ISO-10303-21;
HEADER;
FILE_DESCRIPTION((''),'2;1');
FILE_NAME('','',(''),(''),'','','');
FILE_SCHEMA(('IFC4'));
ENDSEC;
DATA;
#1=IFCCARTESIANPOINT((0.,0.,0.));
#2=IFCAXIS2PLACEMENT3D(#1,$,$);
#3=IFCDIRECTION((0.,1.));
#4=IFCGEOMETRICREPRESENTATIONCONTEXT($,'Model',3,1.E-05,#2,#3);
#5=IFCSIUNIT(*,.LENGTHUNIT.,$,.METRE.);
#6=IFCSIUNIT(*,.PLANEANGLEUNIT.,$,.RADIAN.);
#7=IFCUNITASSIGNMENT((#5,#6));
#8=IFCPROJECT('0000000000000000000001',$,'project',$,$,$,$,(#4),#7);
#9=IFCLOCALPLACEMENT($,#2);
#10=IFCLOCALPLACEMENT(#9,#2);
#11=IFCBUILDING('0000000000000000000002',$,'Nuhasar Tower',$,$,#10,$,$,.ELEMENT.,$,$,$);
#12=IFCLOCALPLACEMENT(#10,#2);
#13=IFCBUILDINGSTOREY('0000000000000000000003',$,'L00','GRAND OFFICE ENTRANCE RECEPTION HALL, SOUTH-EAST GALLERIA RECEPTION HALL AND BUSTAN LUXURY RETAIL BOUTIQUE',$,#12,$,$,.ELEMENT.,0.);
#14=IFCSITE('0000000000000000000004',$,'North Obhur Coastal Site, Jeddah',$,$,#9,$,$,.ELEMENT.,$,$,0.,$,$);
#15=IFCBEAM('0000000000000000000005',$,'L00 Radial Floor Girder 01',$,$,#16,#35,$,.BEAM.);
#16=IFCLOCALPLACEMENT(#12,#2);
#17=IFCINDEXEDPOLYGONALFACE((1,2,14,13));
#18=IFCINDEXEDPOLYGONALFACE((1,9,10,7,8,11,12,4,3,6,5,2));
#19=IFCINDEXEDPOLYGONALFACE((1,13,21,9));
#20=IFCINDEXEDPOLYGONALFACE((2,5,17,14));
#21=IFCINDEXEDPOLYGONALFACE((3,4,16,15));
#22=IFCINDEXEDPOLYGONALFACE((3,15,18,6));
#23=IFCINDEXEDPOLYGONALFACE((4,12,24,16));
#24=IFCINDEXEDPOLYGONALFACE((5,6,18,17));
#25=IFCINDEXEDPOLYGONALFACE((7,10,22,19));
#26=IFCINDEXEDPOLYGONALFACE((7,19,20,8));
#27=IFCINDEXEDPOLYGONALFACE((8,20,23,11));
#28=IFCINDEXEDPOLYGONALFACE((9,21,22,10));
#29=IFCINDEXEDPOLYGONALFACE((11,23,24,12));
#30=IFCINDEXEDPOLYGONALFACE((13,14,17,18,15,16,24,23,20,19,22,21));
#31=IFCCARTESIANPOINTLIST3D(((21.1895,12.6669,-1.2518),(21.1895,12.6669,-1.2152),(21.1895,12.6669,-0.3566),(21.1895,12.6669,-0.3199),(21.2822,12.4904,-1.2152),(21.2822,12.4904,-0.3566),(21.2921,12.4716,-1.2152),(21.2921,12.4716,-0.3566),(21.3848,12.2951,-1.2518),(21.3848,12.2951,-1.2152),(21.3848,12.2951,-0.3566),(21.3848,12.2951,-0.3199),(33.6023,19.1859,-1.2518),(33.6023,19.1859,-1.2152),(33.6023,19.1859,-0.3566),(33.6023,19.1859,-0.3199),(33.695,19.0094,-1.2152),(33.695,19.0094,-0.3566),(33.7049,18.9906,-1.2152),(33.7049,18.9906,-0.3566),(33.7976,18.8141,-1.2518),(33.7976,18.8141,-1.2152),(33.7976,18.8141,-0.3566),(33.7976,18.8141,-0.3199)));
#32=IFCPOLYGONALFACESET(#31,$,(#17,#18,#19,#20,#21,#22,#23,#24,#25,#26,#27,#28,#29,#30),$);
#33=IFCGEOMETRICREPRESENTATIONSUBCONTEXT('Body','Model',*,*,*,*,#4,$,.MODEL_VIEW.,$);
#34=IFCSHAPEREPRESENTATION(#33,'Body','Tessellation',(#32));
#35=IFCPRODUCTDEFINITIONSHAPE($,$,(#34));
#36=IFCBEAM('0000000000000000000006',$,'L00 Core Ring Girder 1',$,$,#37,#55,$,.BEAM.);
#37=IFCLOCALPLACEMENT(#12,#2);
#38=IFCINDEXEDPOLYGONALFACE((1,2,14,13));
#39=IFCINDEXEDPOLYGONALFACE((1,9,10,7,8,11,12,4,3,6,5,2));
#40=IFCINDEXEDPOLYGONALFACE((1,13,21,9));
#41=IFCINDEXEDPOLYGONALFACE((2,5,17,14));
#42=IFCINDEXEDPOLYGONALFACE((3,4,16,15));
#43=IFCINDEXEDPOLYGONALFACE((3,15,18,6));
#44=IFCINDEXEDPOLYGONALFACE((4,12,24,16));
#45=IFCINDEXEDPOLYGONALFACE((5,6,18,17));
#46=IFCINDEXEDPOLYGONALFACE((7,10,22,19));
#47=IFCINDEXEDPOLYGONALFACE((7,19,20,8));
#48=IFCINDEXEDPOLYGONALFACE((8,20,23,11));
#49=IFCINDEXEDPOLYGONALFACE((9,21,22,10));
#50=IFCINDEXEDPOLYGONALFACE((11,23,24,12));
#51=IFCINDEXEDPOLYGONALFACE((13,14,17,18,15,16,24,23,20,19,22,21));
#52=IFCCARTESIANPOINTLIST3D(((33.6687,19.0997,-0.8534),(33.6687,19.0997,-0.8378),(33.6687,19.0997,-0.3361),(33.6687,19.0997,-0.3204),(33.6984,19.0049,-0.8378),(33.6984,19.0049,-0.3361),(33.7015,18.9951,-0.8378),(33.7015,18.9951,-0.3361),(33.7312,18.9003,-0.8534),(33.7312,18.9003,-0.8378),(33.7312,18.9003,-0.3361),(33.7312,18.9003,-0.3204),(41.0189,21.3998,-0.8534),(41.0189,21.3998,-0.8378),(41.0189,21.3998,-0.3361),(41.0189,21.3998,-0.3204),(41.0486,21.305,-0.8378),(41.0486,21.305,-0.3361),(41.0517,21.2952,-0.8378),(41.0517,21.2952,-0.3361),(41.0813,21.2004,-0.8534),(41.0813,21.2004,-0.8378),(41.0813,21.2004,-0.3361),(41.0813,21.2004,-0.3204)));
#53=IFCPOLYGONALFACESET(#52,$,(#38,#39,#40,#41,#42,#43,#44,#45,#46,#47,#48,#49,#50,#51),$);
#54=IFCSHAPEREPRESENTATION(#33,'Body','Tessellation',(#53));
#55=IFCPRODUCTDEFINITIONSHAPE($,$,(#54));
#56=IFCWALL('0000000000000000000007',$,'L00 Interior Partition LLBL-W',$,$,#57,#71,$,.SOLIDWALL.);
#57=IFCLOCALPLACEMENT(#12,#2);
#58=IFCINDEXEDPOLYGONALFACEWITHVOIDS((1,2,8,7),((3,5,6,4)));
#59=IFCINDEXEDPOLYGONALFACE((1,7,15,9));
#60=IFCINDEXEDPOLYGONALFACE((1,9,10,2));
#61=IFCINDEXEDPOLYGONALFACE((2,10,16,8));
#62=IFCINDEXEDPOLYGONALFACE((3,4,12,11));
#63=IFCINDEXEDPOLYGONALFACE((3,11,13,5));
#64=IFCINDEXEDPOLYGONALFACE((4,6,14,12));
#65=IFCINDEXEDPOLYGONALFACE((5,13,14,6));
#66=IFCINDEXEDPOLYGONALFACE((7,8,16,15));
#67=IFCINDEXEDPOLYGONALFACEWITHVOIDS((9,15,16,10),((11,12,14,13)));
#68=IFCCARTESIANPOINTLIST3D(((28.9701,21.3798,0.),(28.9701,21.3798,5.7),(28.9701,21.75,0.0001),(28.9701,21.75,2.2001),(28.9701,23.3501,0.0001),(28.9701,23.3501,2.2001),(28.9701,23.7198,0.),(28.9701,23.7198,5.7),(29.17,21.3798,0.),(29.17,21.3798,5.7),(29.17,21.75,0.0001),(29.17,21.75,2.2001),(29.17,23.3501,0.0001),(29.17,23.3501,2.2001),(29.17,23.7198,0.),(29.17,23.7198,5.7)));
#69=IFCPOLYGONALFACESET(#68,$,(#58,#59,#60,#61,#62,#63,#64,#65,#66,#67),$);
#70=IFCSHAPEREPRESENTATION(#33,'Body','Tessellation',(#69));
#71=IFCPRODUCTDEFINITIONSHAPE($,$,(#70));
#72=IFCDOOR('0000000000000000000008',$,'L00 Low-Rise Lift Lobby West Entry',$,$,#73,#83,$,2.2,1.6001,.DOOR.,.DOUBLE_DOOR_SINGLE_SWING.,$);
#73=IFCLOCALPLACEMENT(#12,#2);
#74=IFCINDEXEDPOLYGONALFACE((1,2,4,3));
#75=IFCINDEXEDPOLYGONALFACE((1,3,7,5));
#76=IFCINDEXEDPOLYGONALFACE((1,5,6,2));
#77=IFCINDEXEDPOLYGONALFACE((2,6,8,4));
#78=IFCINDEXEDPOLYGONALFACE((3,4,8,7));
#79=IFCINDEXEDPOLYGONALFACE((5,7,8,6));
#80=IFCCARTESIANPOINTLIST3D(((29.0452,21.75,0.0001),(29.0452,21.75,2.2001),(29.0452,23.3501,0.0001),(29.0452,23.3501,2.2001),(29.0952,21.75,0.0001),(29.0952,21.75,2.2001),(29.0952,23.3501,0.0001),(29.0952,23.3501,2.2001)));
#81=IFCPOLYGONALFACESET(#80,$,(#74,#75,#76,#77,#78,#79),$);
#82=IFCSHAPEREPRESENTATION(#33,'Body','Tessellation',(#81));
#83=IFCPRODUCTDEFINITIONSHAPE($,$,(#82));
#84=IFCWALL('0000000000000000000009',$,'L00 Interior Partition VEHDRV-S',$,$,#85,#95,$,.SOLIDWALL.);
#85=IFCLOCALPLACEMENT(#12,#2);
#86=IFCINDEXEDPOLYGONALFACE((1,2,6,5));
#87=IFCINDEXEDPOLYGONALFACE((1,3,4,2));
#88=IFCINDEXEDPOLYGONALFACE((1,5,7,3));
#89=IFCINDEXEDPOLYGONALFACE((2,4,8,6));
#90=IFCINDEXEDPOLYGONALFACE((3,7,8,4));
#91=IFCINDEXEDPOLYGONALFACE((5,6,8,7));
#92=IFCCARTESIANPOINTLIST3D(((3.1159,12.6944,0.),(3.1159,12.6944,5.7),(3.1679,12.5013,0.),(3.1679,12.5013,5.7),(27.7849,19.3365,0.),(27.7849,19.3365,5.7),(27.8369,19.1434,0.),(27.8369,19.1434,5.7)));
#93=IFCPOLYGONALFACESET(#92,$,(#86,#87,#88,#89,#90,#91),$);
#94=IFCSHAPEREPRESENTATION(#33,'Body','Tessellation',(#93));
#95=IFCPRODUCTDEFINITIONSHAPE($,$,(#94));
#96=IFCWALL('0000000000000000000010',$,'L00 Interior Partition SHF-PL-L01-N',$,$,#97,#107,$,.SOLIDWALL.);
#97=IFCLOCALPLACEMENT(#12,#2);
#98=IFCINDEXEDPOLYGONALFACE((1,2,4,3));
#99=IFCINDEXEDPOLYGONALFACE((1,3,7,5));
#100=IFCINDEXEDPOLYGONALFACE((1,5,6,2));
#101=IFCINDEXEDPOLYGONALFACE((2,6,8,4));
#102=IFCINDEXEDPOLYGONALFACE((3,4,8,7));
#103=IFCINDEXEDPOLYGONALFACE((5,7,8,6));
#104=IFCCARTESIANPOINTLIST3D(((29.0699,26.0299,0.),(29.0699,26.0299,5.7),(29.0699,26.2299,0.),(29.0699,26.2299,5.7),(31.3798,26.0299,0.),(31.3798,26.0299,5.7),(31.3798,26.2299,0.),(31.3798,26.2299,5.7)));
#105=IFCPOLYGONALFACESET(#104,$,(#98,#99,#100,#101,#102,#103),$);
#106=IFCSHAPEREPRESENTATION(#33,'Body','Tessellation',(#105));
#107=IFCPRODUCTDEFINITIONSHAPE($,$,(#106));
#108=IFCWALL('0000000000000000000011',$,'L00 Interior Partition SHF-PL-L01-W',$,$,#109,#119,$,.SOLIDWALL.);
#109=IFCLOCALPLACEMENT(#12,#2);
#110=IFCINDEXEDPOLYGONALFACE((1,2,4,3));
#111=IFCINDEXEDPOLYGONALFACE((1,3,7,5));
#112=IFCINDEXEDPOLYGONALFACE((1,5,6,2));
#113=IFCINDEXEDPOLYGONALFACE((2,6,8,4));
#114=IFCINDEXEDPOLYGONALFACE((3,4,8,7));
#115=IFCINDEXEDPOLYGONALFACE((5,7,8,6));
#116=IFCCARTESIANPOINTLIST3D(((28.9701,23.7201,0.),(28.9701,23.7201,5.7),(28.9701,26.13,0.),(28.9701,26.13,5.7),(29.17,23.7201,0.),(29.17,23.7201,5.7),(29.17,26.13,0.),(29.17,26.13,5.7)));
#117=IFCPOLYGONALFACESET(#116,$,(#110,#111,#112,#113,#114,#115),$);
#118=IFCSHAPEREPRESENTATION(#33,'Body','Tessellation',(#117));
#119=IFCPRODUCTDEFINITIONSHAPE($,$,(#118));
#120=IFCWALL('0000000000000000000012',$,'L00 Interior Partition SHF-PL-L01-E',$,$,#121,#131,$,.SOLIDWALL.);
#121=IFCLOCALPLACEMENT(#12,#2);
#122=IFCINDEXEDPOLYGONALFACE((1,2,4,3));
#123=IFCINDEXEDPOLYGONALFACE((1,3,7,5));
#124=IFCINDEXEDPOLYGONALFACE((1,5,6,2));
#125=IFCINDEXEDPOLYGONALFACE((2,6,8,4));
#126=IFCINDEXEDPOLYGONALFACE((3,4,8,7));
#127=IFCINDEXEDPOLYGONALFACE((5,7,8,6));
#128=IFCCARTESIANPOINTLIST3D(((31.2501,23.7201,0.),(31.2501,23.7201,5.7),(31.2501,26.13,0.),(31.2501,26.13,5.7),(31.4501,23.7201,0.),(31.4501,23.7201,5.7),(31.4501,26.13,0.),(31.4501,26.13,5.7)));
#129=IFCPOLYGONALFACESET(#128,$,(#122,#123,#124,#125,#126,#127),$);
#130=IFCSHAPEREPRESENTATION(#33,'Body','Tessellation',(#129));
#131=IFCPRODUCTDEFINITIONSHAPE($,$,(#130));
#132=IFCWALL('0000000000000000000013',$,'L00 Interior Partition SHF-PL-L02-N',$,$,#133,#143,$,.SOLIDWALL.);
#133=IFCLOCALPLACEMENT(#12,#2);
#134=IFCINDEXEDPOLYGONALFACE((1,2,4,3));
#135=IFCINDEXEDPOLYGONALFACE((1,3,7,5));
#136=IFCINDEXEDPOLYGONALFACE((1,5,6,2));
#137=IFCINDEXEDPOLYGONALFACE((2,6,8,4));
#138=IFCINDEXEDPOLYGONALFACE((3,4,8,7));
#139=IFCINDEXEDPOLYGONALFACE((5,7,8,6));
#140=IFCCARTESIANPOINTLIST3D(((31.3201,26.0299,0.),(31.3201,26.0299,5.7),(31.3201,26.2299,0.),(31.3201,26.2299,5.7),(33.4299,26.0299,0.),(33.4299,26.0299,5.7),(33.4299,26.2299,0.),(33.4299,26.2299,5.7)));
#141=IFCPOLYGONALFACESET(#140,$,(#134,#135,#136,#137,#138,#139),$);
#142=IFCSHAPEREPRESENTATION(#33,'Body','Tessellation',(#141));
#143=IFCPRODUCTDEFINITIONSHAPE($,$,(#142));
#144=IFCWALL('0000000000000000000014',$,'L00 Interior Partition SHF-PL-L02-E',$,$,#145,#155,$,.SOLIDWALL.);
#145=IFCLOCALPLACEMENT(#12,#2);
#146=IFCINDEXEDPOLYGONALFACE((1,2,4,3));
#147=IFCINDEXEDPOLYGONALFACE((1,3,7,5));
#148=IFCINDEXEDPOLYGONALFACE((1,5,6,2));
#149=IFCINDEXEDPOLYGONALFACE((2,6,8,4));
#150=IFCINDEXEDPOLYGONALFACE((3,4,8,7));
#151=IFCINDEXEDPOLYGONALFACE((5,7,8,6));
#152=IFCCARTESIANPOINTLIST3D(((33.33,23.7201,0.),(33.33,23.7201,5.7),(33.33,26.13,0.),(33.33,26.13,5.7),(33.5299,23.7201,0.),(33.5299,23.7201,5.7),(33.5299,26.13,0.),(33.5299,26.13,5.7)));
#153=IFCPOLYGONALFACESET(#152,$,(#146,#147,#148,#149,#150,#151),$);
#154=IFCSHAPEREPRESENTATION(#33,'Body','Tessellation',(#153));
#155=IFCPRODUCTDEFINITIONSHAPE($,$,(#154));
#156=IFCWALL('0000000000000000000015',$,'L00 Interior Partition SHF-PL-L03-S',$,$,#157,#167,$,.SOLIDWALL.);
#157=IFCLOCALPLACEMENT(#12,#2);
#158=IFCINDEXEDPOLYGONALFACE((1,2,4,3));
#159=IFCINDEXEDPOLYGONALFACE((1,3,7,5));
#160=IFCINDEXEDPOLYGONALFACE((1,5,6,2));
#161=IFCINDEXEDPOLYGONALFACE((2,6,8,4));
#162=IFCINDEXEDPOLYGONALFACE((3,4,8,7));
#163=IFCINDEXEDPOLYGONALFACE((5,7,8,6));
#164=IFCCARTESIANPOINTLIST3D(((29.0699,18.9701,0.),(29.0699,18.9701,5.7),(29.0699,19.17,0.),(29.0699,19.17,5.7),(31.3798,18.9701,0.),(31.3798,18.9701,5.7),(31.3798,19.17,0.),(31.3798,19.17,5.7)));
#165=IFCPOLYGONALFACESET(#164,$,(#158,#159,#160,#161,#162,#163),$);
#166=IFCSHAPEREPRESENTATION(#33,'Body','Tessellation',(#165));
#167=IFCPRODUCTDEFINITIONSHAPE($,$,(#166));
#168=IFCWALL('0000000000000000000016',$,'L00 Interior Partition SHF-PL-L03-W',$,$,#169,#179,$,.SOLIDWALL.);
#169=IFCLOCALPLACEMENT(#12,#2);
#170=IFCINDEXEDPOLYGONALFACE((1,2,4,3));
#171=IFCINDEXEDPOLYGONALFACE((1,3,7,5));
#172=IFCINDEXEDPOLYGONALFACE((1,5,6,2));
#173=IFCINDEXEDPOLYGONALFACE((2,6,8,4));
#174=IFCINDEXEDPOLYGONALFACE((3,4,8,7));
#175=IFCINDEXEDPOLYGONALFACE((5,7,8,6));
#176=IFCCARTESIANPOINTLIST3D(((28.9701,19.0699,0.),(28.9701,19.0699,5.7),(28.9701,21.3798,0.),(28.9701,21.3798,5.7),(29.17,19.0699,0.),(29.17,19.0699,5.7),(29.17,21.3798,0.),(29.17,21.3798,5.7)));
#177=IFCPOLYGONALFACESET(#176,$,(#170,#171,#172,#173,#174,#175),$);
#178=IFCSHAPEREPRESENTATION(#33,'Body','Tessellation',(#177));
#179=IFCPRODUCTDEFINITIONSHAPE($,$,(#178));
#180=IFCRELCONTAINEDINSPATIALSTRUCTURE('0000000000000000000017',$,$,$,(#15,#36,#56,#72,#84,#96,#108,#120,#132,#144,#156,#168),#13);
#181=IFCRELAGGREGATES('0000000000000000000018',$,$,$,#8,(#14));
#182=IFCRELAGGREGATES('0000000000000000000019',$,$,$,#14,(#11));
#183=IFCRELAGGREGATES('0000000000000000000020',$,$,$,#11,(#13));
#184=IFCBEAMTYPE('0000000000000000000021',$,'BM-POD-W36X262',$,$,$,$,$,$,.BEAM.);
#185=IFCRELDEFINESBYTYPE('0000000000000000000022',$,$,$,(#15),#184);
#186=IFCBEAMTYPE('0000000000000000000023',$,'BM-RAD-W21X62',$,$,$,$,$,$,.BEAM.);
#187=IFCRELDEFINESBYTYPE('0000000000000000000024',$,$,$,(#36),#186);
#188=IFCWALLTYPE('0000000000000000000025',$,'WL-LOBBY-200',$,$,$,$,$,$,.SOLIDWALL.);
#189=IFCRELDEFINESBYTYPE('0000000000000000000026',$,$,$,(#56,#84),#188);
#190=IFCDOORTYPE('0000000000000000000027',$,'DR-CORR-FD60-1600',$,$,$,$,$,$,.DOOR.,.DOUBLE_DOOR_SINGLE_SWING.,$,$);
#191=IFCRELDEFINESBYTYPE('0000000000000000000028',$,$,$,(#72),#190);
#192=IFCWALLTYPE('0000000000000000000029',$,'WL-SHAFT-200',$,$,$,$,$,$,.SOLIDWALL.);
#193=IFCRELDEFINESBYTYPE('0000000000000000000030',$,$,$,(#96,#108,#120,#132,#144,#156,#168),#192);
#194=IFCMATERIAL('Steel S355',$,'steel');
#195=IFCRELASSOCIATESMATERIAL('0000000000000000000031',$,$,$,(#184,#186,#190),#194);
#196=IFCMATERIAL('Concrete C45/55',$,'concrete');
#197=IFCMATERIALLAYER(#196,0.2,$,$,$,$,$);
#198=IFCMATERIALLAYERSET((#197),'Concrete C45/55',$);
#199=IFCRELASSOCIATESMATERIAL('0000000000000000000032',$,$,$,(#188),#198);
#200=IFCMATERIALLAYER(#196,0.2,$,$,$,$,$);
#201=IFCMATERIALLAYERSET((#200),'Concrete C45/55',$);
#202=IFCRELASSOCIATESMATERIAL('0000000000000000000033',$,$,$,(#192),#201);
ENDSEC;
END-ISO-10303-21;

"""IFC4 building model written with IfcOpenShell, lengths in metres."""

from ifc_helpers import new_model, si_unit, direction, frame, frame_2d, origin, origin_2d, place, context, subcontext, project, spatial, rectangle, i_section, extrude, material, layer, layer_set, material_profile, profile_set, type_object, element, fill, save


model = new_model("IFC4")

# Units and contexts
model_context = context("Model", 3, precision=1e-05, world=origin(), true_north=direction((0.0, 1.0)))
body_context = subcontext(model_context, "Body", "Model", "MODEL_VIEW")
ifc_project = project(units=[si_unit("LENGTHUNIT", "METRE"), si_unit("PLANEANGLEUNIT", "RADIAN")], contexts=[model_context])

# Site, building, storey
site_placement = place(None, origin())
site = spatial("IfcSite", under=ifc_project, at=site_placement, Name="North Obhur Coastal Site, Jeddah", CompositionType="ELEMENT", RefElevation=0.0)
building_placement = place(site_placement, origin())
building = spatial("IfcBuilding", under=site, at=building_placement, Name="Nuhasar Tower", CompositionType="ELEMENT")
storey_placement = place(building_placement, origin())
storey = spatial("IfcBuildingStorey", under=building, at=storey_placement, Name="L00", Description="GRAND OFFICE ENTRANCE RECEPTION HALL, SOUTH-EAST GALLERIA RECEPTION HALL AND BUSTAN LUXURY RETAIL BOUTIQUE", CompositionType="ELEMENT", Elevation=0.0)

# Beams
ifc_material_1 = material(Name="Steel S355", Category="steel")
ifc_material_profile_1 = material_profile(ifc_material_1, i_section(OverallWidth=0.4199, OverallDepth=0.9319, WebThickness=0.0212, FlangeThickness=0.0366, at=origin_2d()), Name="W36X262")
ifc_profile_set_1 = profile_set([ifc_material_profile_1], Name="Steel S355")
beam_type_1 = type_object("IfcBeamType", Name="BM-POD-W36X262", PredefinedType="BEAM", material=ifc_profile_set_1)
beam_1_placement = place(storey_placement, frame((33.7, 19.0, -0.7859), z_axis=(-0.88533, -0.464963, 0.0), x_axis=(0.464963, -0.88533, 0.0)))
element("IfcBeam", 1, at=beam_1_placement, inside=storey, type_object=beam_type_1, Name="L00 Radial Floor Girder 01", PredefinedType="BEAM", context=body_context, shape_type="SweptSolid", body=[
    extrude(i_section(OverallWidth=0.4199, OverallDepth=0.9319, WebThickness=0.0212, FlangeThickness=0.0366, at=origin_2d()), origin(), (0.0, 0.0, 1.0), 14.0205),
])
ifc_material_profile_2 = material_profile(ifc_material_1, i_section(OverallWidth=0.209, OverallDepth=0.533, WebThickness=0.0103, FlangeThickness=0.0156, at=origin_2d()), Name="W21X62")
ifc_profile_set_2 = profile_set([ifc_material_profile_2], Name="Steel S355")
beam_type_2 = type_object("IfcBeamType", Name="BM-RAD-W21X62", PredefinedType="BEAM", material=ifc_profile_set_2)
beam_2_placement = place(storey_placement, frame((33.7, 19.0, -0.5869), z_axis=(0.954364, 0.298647, 0.0), x_axis=(-0.298647, 0.954364, 0.0)))
element("IfcBeam", 2, at=beam_2_placement, inside=storey, type_object=beam_type_2, Name="L00 Core Ring Girder 1", PredefinedType="BEAM", context=body_context, shape_type="SweptSolid", body=[
    extrude(i_section(OverallWidth=0.209, OverallDepth=0.533, WebThickness=0.0103, FlangeThickness=0.0156, at=origin_2d()), origin(), (0.0, 0.0, 1.0), 7.7017),
])

# Wall, opening, door
ifc_material_2 = material(Name="Concrete C45/55", Category="concrete")
ifc_layer_1 = layer(ifc_material_2, 0.2)
ifc_layer_set_1 = layer_set([ifc_layer_1], Name="Concrete C45/55")
wall_type_1 = type_object("IfcWallType", Name="WL-LOBBY-200", PredefinedType="SOLIDWALL", material=ifc_layer_set_1)
wall_1_placement = place(storey_placement, frame((29.0701, 21.3799, 0.0), z_axis=(0.0, 0.0, 1.0), x_axis=(0.0, 1.0, 0.0)))
wall_1 = element("IfcWall", 3, at=wall_1_placement, inside=storey, type_object=wall_type_1, Name="L00 Interior Partition LLBL-W", PredefinedType="SOLIDWALL", context=body_context, shape_type="SweptSolid", body=[
    extrude(rectangle(XDim=2.3401, YDim=0.2, at=frame_2d((1.1699, 0.0))), origin(), (0.0, 0.0, 1.0), 5.7),
])
opening_1_placement = place(wall_1_placement, frame((0.3701, 0.0, 0.0)))
opening_1 = element("IfcOpeningElement", 4, at=opening_1_placement, cuts=wall_1, PredefinedType="OPENING", context=body_context, shape_type="SweptSolid", body=[
    extrude(rectangle(XDim=1.6001, YDim=2.2, at=frame_2d((0.8, 1.1001))), frame((0.0, 0.1099, 0.0), z_axis=(0.0, -1.0, 0.0), x_axis=(1.0, 0.0, 0.0)), (0.0, 0.0, 1.0), 0.22),
])
door_type_1 = type_object("IfcDoorType", Name="DR-CORR-FD60-1600", OperationType="DOUBLE_DOOR_SINGLE_SWING", PredefinedType="DOOR", material=ifc_material_1)
door_1_placement = place(opening_1_placement, origin())
door_1 = element("IfcDoor", 5, at=door_1_placement, inside=storey, type_object=door_type_1, Name="L00 Low-Rise Lift Lobby West Entry", OperationType="DOUBLE_DOOR_SINGLE_SWING", OverallHeight=2.2, OverallWidth=1.6001, PredefinedType="DOOR", context=body_context, shape_type="SweptSolid", body=[
    extrude(rectangle(XDim=1.6001, YDim=2.2, at=frame_2d((0.8, 1.1001))), frame((0.0, 0.0249, 0.0), z_axis=(0.0, -1.0, 0.0), x_axis=(1.0, 0.0, 0.0)), (0.0, 0.0, 1.0), 0.05),
])
fill(opening_1, door_1)

# Wall
wall_2_placement = place(storey_placement, frame((27.811, 19.24, 0.0), z_axis=(0.0, 0.0, 1.0), x_axis=(-0.965611, -0.25999, 0.0)))
element("IfcWall", 6, at=wall_2_placement, inside=storey, type_object=wall_type_1, Name="L00 Interior Partition VEHDRV-S", PredefinedType="SOLIDWALL", context=body_context, shape_type="SweptSolid", body=[
    extrude(rectangle(XDim=25.5476, YDim=0.2, at=frame_2d((12.7739, 0.0))), origin(), (0.0, 0.0, 1.0), 5.7),
])

# Shared definitions
ifc_layer_2 = layer(ifc_material_2, 0.2)
ifc_layer_set_2 = layer_set([ifc_layer_2], Name="Concrete C45/55")
wall_type_2 = type_object("IfcWallType", Name="WL-SHAFT-200", PredefinedType="SOLIDWALL", material=ifc_layer_set_2)

# Walls
wall_3_placement = place(storey_placement, frame((29.0701, 26.1299, 0.0), z_axis=(0.0, 0.0, 1.0), x_axis=(1.0, 0.0, 0.0)))
element("IfcWall", 7, at=wall_3_placement, inside=storey, type_object=wall_type_2, Name="L00 Interior Partition SHF-PL-L01-N", PredefinedType="SOLIDWALL", context=body_context, shape_type="SweptSolid", body=[
    extrude(rectangle(XDim=2.3098, YDim=0.2, at=frame_2d((1.1548, 0.0))), origin(), (0.0, 0.0, 1.0), 5.7),
])
for number, where, z_axis, x_axis, name in (
    (8, (29.0701, 23.72, 0.0), (0.0, 0.0, 1.0), (0.0, 1.0, 0.0), "L00 Interior Partition SHF-PL-L01-W"),
    (9, (31.3501, 23.72, 0.0), (0.0, 0.0, 1.0), (0.0, 1.0, 0.0), "L00 Interior Partition SHF-PL-L01-E"),
):
    element("IfcWall", number, at=place(storey_placement, frame(where, z_axis=z_axis, x_axis=x_axis)), inside=storey, type_object=wall_type_2, Name=name, PredefinedType="SOLIDWALL", context=body_context, shape_type="SweptSolid", body=[
        extrude(rectangle(XDim=2.4099, YDim=0.2, at=frame_2d((1.2051, 0.0))), origin(), (0.0, 0.0, 1.0), 5.7),
    ])

# Walls
wall_4_placement = place(storey_placement, frame((31.3201, 26.1299, 0.0), z_axis=(0.0, 0.0, 1.0), x_axis=(1.0, 0.0, 0.0)))
element("IfcWall", 10, at=wall_4_placement, inside=storey, type_object=wall_type_2, Name="L00 Interior Partition SHF-PL-L02-N", PredefinedType="SOLIDWALL", context=body_context, shape_type="SweptSolid", body=[
    extrude(rectangle(XDim=2.1099, YDim=0.2, at=frame_2d((1.0549, 0.0))), origin(), (0.0, 0.0, 1.0), 5.7),
])
wall_5_placement = place(storey_placement, frame((33.4299, 23.72, 0.0), z_axis=(0.0, 0.0, 1.0), x_axis=(0.0, 1.0, 0.0)))
element("IfcWall", 11, at=wall_5_placement, inside=storey, type_object=wall_type_2, Name="L00 Interior Partition SHF-PL-L02-E", PredefinedType="SOLIDWALL", context=body_context, shape_type="SweptSolid", body=[
    extrude(rectangle(XDim=2.4099, YDim=0.2, at=frame_2d((1.2051, 0.0))), origin(), (0.0, 0.0, 1.0), 5.7),
])
wall_6_placement = place(storey_placement, frame((29.0701, 19.0701, 0.0), z_axis=(0.0, 0.0, 1.0), x_axis=(1.0, 0.0, 0.0)))
element("IfcWall", 12, at=wall_6_placement, inside=storey, type_object=wall_type_2, Name="L00 Interior Partition SHF-PL-L03-S", PredefinedType="SOLIDWALL", context=body_context, shape_type="SweptSolid", body=[
    extrude(rectangle(XDim=2.3098, YDim=0.2, at=frame_2d((1.1548, 0.0))), origin(), (0.0, 0.0, 1.0), 5.7),
])

# Wall
for number, where, z_axis, x_axis, name in (
    (13, (29.0701, 19.0701, 0.0), (0.0, 0.0, 1.0), (0.0, 1.0, 0.0), "L00 Interior Partition SHF-PL-L03-W"),
):
    element("IfcWall", number, at=place(storey_placement, frame(where, z_axis=z_axis, x_axis=x_axis)), inside=storey, type_object=wall_type_2, Name=name, PredefinedType="SOLIDWALL", context=body_context, shape_type="SweptSolid", body=[
        extrude(rectangle(XDim=2.3098, YDim=0.2, at=frame_2d((1.1548, 0.0))), origin(), (0.0, 0.0, 1.0), 5.7),
    ])

save(model, "model.ifc")
